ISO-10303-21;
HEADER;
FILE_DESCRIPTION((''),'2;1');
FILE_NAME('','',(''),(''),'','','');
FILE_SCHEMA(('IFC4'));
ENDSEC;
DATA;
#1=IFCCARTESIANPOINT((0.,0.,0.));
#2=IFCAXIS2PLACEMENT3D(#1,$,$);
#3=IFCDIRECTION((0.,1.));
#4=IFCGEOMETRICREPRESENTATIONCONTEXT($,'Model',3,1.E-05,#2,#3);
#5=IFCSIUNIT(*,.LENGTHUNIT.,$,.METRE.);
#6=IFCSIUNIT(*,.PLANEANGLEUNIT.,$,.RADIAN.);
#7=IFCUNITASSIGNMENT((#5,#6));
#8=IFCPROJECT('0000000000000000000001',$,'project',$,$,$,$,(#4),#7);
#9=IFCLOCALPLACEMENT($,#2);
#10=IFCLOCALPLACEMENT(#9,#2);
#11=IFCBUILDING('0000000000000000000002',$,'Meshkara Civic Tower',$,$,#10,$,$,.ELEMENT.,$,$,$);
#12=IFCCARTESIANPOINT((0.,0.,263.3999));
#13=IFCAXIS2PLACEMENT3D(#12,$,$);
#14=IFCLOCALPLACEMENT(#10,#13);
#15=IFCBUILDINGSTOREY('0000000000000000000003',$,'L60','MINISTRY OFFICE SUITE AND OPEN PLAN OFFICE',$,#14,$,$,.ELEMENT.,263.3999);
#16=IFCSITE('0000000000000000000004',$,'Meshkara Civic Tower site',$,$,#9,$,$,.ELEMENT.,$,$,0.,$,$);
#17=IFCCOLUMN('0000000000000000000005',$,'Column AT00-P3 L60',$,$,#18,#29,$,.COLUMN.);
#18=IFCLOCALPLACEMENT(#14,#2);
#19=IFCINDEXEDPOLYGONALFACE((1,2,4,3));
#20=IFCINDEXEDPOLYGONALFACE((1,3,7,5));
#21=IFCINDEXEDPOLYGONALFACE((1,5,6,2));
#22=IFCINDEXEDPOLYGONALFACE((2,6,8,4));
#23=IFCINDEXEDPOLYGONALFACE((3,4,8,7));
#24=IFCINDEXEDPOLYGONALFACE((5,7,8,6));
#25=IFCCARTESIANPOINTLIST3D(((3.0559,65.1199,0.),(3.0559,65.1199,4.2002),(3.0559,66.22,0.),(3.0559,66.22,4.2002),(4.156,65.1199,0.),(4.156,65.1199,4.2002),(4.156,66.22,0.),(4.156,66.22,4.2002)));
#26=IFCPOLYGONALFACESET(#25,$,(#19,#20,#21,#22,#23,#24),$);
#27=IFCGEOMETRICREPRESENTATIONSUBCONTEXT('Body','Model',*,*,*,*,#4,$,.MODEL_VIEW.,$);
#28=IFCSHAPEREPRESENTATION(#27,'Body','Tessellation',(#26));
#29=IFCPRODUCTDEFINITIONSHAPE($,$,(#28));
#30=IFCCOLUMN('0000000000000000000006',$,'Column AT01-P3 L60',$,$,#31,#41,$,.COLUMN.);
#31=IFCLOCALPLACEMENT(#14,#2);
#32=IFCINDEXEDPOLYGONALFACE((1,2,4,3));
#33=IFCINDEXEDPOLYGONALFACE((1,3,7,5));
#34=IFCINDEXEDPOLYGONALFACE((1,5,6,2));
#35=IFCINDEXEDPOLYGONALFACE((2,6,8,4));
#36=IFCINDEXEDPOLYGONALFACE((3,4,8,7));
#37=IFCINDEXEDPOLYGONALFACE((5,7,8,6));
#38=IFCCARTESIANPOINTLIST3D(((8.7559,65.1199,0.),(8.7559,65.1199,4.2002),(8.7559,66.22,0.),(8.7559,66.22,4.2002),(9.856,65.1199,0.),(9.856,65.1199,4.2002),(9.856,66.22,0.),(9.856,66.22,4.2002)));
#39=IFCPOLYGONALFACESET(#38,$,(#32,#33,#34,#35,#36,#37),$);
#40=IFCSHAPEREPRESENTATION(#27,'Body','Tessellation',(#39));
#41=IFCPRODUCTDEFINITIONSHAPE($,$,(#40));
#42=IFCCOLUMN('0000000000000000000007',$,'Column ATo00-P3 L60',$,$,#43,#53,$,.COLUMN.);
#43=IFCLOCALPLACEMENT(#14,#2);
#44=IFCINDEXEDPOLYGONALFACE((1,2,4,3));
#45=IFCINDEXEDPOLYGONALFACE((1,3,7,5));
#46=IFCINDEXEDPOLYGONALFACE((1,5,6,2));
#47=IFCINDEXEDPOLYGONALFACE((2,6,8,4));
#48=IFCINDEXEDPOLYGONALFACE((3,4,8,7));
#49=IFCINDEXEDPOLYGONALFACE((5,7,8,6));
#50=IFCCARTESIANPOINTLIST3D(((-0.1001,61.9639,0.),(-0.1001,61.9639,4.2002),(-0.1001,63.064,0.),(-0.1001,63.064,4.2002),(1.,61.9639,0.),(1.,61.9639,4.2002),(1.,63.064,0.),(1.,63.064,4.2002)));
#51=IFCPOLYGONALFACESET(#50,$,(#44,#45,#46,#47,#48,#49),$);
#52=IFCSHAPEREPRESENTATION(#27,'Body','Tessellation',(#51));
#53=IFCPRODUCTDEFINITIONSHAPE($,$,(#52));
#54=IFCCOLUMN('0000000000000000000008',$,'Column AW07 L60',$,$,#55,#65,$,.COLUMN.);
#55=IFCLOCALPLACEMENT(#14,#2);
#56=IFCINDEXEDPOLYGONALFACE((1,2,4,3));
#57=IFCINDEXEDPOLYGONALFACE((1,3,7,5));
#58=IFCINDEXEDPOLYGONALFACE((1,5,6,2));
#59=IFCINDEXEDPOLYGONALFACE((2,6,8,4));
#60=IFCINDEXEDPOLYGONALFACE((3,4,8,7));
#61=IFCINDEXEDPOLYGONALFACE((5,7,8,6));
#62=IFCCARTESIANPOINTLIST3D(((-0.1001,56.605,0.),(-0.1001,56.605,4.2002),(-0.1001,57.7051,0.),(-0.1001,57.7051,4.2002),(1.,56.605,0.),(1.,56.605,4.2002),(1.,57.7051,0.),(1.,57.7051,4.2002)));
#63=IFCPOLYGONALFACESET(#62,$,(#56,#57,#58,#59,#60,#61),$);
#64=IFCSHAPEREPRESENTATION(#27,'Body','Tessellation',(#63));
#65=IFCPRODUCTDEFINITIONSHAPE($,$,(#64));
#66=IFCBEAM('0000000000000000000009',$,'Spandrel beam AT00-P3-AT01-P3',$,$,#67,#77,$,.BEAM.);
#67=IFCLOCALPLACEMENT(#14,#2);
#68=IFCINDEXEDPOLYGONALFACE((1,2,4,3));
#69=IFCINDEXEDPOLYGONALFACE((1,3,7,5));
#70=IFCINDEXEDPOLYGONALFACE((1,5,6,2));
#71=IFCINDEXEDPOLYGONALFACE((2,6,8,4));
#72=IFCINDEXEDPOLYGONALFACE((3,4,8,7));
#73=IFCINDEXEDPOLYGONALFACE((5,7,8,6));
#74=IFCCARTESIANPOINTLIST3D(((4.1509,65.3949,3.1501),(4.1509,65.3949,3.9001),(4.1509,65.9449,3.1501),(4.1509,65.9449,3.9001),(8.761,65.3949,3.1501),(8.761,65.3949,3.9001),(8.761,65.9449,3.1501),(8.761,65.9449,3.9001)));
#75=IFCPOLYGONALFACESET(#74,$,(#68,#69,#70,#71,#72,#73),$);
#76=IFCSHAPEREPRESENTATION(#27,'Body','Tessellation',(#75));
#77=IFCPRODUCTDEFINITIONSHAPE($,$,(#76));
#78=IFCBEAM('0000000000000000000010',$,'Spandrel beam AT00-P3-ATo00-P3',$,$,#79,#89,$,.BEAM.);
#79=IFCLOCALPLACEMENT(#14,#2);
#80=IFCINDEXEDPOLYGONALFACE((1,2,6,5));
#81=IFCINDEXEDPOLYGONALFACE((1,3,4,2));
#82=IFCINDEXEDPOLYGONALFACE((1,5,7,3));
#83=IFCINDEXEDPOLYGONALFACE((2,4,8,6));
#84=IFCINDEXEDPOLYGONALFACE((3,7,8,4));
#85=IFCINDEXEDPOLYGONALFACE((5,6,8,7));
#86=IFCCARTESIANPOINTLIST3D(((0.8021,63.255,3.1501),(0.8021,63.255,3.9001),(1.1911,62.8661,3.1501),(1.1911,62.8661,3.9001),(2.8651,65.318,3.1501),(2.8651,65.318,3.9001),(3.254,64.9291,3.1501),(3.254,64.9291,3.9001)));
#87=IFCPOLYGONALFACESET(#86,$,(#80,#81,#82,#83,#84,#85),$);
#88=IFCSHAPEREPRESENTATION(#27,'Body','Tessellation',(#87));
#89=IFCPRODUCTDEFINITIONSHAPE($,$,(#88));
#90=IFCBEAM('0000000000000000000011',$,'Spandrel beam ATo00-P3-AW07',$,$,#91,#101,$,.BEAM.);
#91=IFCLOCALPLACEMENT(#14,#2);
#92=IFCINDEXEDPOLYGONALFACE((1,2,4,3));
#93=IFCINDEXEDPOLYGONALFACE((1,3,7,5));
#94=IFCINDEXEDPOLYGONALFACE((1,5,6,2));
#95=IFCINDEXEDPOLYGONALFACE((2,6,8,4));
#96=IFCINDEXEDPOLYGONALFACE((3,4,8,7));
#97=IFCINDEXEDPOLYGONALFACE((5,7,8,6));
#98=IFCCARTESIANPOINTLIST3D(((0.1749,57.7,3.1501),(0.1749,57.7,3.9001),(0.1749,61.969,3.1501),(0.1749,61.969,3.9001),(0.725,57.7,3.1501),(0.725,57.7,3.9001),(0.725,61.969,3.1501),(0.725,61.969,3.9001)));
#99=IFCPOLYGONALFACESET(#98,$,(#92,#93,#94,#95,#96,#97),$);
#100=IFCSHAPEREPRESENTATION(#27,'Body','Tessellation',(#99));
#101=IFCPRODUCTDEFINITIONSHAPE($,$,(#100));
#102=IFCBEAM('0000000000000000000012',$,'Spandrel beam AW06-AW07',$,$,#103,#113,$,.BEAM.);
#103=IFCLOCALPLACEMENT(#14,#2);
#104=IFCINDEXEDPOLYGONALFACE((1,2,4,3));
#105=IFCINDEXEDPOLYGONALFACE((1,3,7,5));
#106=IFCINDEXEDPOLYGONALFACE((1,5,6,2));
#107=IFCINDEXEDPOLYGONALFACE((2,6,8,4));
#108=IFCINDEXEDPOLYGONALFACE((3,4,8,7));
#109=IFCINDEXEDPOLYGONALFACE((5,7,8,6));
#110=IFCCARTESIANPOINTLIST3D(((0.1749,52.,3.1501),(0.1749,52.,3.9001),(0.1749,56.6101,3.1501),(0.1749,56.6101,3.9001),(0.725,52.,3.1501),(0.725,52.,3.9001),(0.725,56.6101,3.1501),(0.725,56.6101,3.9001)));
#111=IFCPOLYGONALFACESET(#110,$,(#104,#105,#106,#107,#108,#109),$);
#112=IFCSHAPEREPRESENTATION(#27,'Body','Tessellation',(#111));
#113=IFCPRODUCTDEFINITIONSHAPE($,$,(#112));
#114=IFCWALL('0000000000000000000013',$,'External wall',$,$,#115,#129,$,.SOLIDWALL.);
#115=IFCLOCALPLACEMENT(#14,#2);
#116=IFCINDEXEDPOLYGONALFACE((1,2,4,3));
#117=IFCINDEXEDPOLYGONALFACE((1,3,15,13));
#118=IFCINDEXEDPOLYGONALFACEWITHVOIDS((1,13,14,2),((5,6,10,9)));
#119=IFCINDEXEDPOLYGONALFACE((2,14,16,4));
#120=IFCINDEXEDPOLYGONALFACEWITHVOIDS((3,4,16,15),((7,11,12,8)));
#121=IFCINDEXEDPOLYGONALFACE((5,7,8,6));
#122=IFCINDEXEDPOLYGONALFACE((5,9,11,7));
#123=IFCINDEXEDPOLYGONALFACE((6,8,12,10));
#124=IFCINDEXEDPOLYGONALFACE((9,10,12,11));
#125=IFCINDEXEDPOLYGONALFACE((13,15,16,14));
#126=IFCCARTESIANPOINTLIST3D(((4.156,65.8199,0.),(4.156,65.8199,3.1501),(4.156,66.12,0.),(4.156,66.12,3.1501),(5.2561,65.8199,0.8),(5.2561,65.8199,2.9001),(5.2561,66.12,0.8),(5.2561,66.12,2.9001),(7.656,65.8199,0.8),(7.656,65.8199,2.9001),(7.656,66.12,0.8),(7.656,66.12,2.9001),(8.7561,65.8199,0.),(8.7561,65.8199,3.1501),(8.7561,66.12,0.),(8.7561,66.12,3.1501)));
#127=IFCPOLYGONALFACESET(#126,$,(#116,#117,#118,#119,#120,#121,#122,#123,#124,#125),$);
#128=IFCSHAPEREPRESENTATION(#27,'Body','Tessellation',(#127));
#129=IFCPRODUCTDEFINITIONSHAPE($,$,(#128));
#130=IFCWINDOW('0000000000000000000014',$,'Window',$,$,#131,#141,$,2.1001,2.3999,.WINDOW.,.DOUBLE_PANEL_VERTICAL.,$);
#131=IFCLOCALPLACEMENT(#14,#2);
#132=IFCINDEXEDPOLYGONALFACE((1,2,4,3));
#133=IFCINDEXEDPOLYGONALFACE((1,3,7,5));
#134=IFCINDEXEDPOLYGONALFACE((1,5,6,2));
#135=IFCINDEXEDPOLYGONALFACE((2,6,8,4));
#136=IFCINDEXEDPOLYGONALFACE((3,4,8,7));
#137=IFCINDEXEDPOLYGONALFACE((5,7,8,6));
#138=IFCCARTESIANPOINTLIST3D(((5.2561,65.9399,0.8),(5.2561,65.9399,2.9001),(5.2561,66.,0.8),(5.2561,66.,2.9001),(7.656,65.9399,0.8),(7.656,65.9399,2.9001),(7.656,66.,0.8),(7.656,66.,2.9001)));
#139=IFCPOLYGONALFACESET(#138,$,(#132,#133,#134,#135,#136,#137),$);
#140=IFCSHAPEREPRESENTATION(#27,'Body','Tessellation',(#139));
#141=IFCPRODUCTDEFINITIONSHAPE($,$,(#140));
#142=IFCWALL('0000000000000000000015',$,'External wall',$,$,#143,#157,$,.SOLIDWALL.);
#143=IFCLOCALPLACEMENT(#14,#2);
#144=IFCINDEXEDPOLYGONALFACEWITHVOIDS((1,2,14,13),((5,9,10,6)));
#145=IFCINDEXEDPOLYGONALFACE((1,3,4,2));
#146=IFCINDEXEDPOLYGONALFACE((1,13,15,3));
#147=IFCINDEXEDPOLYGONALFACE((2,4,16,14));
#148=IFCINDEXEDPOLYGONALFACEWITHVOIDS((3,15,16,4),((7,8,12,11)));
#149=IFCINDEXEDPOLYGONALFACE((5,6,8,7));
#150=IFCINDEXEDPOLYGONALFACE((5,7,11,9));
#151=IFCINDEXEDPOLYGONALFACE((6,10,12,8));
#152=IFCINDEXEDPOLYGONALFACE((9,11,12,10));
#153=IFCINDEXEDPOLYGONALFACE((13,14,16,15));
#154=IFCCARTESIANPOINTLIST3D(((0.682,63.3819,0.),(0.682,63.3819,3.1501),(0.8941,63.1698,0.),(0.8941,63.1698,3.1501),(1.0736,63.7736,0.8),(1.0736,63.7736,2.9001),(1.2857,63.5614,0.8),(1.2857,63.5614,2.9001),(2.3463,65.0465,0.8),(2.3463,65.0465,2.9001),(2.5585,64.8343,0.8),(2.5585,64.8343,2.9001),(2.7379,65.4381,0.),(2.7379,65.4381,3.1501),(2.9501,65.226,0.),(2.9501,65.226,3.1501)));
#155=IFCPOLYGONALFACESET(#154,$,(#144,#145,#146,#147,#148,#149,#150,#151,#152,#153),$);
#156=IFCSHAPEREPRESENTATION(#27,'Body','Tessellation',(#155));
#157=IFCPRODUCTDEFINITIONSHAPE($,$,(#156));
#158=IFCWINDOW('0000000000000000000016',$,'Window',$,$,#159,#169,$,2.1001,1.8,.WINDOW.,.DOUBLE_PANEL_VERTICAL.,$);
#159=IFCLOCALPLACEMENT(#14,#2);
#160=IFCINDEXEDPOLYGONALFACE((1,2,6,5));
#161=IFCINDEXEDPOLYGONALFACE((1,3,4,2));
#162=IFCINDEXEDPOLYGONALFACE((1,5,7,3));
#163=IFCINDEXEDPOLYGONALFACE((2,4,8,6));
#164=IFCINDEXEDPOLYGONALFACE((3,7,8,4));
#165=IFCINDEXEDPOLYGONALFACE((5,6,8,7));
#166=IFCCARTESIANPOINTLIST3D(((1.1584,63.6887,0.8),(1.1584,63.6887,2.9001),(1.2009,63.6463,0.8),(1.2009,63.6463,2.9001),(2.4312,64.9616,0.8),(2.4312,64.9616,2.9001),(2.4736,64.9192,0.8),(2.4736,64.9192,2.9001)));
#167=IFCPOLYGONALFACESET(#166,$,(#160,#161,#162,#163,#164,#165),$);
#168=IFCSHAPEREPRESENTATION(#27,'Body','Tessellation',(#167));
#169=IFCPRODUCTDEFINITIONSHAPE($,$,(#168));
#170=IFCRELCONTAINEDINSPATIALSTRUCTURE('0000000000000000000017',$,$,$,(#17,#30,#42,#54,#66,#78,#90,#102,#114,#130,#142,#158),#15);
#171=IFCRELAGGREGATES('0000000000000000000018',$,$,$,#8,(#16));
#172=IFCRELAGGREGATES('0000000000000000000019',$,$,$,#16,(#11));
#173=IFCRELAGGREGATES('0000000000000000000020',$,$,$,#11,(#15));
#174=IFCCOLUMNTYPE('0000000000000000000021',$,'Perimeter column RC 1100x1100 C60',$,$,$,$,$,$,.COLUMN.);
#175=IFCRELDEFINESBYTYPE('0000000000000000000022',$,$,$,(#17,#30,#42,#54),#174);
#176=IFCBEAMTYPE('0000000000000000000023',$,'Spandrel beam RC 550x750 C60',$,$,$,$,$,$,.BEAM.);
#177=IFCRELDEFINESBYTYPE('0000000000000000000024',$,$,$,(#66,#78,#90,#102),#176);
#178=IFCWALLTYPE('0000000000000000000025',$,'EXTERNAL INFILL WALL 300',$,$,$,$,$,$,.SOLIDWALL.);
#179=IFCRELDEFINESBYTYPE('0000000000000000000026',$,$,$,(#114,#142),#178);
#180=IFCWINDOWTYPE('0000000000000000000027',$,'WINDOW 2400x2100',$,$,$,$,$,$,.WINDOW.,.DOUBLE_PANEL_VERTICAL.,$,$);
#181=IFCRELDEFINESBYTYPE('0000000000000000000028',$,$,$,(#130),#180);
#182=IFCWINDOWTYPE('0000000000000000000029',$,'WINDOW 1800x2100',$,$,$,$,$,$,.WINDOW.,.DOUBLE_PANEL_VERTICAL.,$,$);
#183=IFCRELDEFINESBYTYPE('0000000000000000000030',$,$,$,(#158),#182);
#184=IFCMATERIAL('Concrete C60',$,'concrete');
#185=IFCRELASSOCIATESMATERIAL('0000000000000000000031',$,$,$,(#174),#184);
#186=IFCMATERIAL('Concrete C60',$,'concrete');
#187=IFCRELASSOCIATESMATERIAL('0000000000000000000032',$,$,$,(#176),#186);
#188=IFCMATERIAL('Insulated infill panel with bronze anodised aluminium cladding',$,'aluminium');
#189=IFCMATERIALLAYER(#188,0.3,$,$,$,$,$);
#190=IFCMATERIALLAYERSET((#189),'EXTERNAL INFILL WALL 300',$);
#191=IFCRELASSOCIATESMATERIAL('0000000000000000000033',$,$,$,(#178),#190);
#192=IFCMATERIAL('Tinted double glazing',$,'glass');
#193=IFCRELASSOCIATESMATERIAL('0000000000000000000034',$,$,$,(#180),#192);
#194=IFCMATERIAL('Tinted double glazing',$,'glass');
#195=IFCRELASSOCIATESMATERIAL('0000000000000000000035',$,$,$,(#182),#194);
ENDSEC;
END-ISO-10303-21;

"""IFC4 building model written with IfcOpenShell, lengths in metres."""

from ifc_helpers import new_model, si_unit, direction, frame, frame_2d, origin, origin_2d, place, context, subcontext, project, spatial, rectangle, extrude, material, layer, layer_set, material_profile, profile_set, type_object, element, fill, save


model = new_model("IFC4")

# Units and contexts
model_context = context("Model", 3, precision=1e-05, world=origin(), true_north=direction((0.0, 1.0)))
body_context = subcontext(model_context, "Body", "Model", "MODEL_VIEW")
ifc_project = project(units=[si_unit("LENGTHUNIT", "METRE"), si_unit("PLANEANGLEUNIT", "RADIAN")], contexts=[model_context])

# Site, building, storey
site_placement = place(None, origin())
site = spatial("IfcSite", under=ifc_project, at=site_placement, Name="Meshkara Civic Tower site", CompositionType="ELEMENT", RefElevation=0.0)
building_placement = place(site_placement, origin())
building = spatial("IfcBuilding", under=site, at=building_placement, Name="Meshkara Civic Tower", CompositionType="ELEMENT")
storey_placement = place(building_placement, frame((0.0, 0.0, 263.3999)))
storey = spatial("IfcBuildingStorey", under=building, at=storey_placement, Name="L60", Description="MINISTRY OFFICE SUITE AND OPEN PLAN OFFICE", CompositionType="ELEMENT", Elevation=263.3999)

# Columns
ifc_material_1 = material(Name="Concrete C60", Category="concrete")
ifc_material_profile_1 = material_profile(ifc_material_1, rectangle(XDim=1.1001, YDim=1.1001, at=origin_2d()))
ifc_profile_set_1 = profile_set([ifc_material_profile_1], Name="Concrete C60")
column_type = type_object("IfcColumnType", Name="Perimeter column RC 1100x1100 C60", PredefinedType="COLUMN", material=ifc_profile_set_1)
for number, where, z_axis, x_axis, name in (
    (1, (3.606, 65.6699, 0.0), (0.0, 0.0, 1.0), (1.0, 0.0, 0.0), "Column AT00-P3 L60"),
    (2, (9.3059, 65.6699, 0.0), (0.0, 0.0, 1.0), (1.0, 0.0, 0.0), "Column AT01-P3 L60"),
    (3, (0.45, 62.5139, 0.0), (0.0, 0.0, 1.0), (1.0, 0.0, 0.0), "Column ATo00-P3 L60"),
    (4, (0.45, 57.155, 0.0), (0.0, 0.0, 1.0), (1.0, 0.0, 0.0), "Column AW07 L60"),
):
    element("IfcColumn", number, at=place(storey_placement, frame(where, z_axis=z_axis, x_axis=x_axis)), inside=storey, type_object=column_type, Name=name, PredefinedType="COLUMN", context=body_context, shape_type="SweptSolid", body=[
        extrude(rectangle(XDim=1.1001, YDim=1.1001, at=origin_2d()), origin(), (0.0, 0.0, 1.0), 4.2002),
    ])

# Beams
ifc_material_2 = material(Name="Concrete C60", Category="concrete")
ifc_material_profile_2 = material_profile(ifc_material_2, rectangle(XDim=0.55, YDim=0.75, at=origin_2d()))
ifc_profile_set_2 = profile_set([ifc_material_profile_2], Name="Concrete C60")
beam_type = type_object("IfcBeamType", Name="Spandrel beam RC 550x750 C60", PredefinedType="BEAM", material=ifc_profile_set_2)
beam_1_placement = place(storey_placement, frame((8.761, 65.6699, 3.5251), z_axis=(-1.0, 0.0, 0.0), x_axis=(0.0, -1.0, 0.0)))
element("IfcBeam", 5, at=beam_1_placement, inside=storey, type_object=beam_type, Name="Spandrel beam AT00-P3-AT01-P3", PredefinedType="BEAM", context=body_context, shape_type="SweptSolid", body=[
    extrude(rectangle(XDim=0.55, YDim=0.75, at=origin_2d()), origin(), (0.0, 0.0, 1.0), 4.6101),
])
beam_2_placement = place(storey_placement, frame((3.0596, 65.1235, 3.5251), z_axis=(-0.707107, -0.707107, 0.0), x_axis=(0.707107, -0.707107, 0.0)))
element("IfcBeam", 6, at=beam_2_placement, inside=storey, type_object=beam_type, Name="Spandrel beam AT00-P3-ATo00-P3", PredefinedType="BEAM", context=body_context, shape_type="SweptSolid", body=[
    extrude(rectangle(XDim=0.55, YDim=0.75, at=origin_2d()), origin(), (0.0, 0.0, 1.0), 2.9175),
])
beam_3_placement = place(storey_placement, frame((0.45, 61.969, 3.5251), z_axis=(0.0, -1.0, 0.0), x_axis=(1.0, 0.0, 0.0)))
element("IfcBeam", 7, at=beam_3_placement, inside=storey, type_object=beam_type, Name="Spandrel beam ATo00-P3-AW07", PredefinedType="BEAM", context=body_context, shape_type="SweptSolid", body=[
    extrude(rectangle(XDim=0.55, YDim=0.75, at=origin_2d()), origin(), (0.0, 0.0, 1.0), 4.269),
])
beam_4_placement = place(storey_placement, frame((0.45, 56.6101, 3.5251), z_axis=(0.0, -1.0, 0.0), x_axis=(1.0, 0.0, 0.0)))
element("IfcBeam", 8, at=beam_4_placement, inside=storey, type_object=beam_type, Name="Spandrel beam AW06-AW07", PredefinedType="BEAM", context=body_context, shape_type="SweptSolid", body=[
    extrude(rectangle(XDim=0.55, YDim=0.75, at=origin_2d()), origin(), (0.0, 0.0, 1.0), 4.6101),
])

# Walls, openings, windows
ifc_material_3 = material(Name="Insulated infill panel with bronze anodised aluminium cladding", Category="aluminium")
ifc_layer_1 = layer(ifc_material_3, 0.3)
ifc_layer_set_1 = layer_set([ifc_layer_1], Name="EXTERNAL INFILL WALL 300")
wall_type_1 = type_object("IfcWallType", Name="EXTERNAL INFILL WALL 300", PredefinedType="SOLIDWALL", material=ifc_layer_set_1)
wall_1_placement = place(storey_placement, frame((8.7561, 65.97, 0.0), z_axis=(0.0, 0.0, 1.0), x_axis=(-1.0, 0.0, 0.0)))
wall_1 = element("IfcWall", 9, at=wall_1_placement, inside=storey, type_object=wall_type_1, Name="External wall", PredefinedType="SOLIDWALL", context=body_context, shape_type="SweptSolid", body=[
    extrude(rectangle(XDim=4.6001, YDim=0.3, at=frame_2d((2.3, 0.0))), origin(), (0.0, 0.0, 1.0), 3.1501),
])
opening_1_placement = place(wall_1_placement, frame((1.1001, 0.0, 0.8)))
opening_1 = element("IfcOpeningElement", 10, at=opening_1_placement, cuts=wall_1, PredefinedType="OPENING", context=body_context, shape_type="SweptSolid", body=[
    extrude(rectangle(XDim=2.3999, YDim=2.1001, at=frame_2d((1.2, 1.05))), frame((0.0, 0.1599, 0.0), z_axis=(0.0, -1.0, 0.0), x_axis=(1.0, 0.0, 0.0)), (0.0, 0.0, 1.0), 0.3201),
])
ifc_material_4 = material(Name="Tinted double glazing", Category="glass")
window_type_1 = type_object("IfcWindowType", Name="WINDOW 2400x2100", PartitioningType="DOUBLE_PANEL_VERTICAL", PredefinedType="WINDOW", material=ifc_material_4)
window_1_placement = place(opening_1_placement, origin())
window_1 = element("IfcWindow", 11, at=window_1_placement, inside=storey, type_object=window_type_1, Name="Window", OverallHeight=2.1001, OverallWidth=2.3999, PartitioningType="DOUBLE_PANEL_VERTICAL", PredefinedType="WINDOW", context=body_context, shape_type="SweptSolid", body=[
    extrude(rectangle(XDim=2.3999, YDim=2.1001, at=frame_2d((1.2, 1.05))), frame((0.0, 0.03, 0.0), z_axis=(0.0, -1.0, 0.0), x_axis=(1.0, 0.0, 0.0)), (0.0, 0.0, 1.0), 0.0601),
])
fill(opening_1, window_1)
wall_2_placement = place(storey_placement, frame((2.844, 65.332, 0.0), z_axis=(0.0, 0.0, 1.0), x_axis=(-0.707065, -0.707149, 0.0)))
wall_2 = element("IfcWall", 12, at=wall_2_placement, inside=storey, type_object=wall_type_1, Name="External wall", PredefinedType="SOLIDWALL", context=body_context, shape_type="SweptSolid", body=[
    extrude(rectangle(XDim=2.9077, YDim=0.3, at=frame_2d((1.4539, 0.0))), origin(), (0.0, 0.0, 1.0), 3.1501),
])
opening_2_placement = place(wall_2_placement, frame((0.554, 0.0, 0.8)))
opening_2 = element("IfcOpeningElement", 13, at=opening_2_placement, cuts=wall_2, PredefinedType="OPENING", context=body_context, shape_type="SweptSolid", body=[
    extrude(rectangle(XDim=1.8, YDim=2.1001, at=frame_2d((0.8999, 1.05))), frame((0.0, 0.1599, 0.0), z_axis=(0.0, -1.0, 0.0), x_axis=(1.0, 0.0, 0.0)), (0.0, 0.0, 1.0), 0.3201),
])
ifc_material_5 = material(Name="Tinted double glazing", Category="glass")
window_type_2 = type_object("IfcWindowType", Name="WINDOW 1800x2100", PartitioningType="DOUBLE_PANEL_VERTICAL", PredefinedType="WINDOW", material=ifc_material_5)
window_2_placement = place(opening_2_placement, origin())
window_2 = element("IfcWindow", 14, at=window_2_placement, inside=storey, type_object=window_type_2, Name="Window", OverallHeight=2.1001, OverallWidth=1.8, PartitioningType="DOUBLE_PANEL_VERTICAL", PredefinedType="WINDOW", context=body_context, shape_type="SweptSolid", body=[
    extrude(rectangle(XDim=1.8, YDim=2.1001, at=frame_2d((0.8999, 1.05))), frame((0.0, 0.03, 0.0), z_axis=(0.0, -1.0, 0.0), x_axis=(1.0, 0.0, 0.0)), (0.0, 0.0, 1.0), 0.0601),
])
fill(opening_2, window_2)

save(model, "model.ifc")
